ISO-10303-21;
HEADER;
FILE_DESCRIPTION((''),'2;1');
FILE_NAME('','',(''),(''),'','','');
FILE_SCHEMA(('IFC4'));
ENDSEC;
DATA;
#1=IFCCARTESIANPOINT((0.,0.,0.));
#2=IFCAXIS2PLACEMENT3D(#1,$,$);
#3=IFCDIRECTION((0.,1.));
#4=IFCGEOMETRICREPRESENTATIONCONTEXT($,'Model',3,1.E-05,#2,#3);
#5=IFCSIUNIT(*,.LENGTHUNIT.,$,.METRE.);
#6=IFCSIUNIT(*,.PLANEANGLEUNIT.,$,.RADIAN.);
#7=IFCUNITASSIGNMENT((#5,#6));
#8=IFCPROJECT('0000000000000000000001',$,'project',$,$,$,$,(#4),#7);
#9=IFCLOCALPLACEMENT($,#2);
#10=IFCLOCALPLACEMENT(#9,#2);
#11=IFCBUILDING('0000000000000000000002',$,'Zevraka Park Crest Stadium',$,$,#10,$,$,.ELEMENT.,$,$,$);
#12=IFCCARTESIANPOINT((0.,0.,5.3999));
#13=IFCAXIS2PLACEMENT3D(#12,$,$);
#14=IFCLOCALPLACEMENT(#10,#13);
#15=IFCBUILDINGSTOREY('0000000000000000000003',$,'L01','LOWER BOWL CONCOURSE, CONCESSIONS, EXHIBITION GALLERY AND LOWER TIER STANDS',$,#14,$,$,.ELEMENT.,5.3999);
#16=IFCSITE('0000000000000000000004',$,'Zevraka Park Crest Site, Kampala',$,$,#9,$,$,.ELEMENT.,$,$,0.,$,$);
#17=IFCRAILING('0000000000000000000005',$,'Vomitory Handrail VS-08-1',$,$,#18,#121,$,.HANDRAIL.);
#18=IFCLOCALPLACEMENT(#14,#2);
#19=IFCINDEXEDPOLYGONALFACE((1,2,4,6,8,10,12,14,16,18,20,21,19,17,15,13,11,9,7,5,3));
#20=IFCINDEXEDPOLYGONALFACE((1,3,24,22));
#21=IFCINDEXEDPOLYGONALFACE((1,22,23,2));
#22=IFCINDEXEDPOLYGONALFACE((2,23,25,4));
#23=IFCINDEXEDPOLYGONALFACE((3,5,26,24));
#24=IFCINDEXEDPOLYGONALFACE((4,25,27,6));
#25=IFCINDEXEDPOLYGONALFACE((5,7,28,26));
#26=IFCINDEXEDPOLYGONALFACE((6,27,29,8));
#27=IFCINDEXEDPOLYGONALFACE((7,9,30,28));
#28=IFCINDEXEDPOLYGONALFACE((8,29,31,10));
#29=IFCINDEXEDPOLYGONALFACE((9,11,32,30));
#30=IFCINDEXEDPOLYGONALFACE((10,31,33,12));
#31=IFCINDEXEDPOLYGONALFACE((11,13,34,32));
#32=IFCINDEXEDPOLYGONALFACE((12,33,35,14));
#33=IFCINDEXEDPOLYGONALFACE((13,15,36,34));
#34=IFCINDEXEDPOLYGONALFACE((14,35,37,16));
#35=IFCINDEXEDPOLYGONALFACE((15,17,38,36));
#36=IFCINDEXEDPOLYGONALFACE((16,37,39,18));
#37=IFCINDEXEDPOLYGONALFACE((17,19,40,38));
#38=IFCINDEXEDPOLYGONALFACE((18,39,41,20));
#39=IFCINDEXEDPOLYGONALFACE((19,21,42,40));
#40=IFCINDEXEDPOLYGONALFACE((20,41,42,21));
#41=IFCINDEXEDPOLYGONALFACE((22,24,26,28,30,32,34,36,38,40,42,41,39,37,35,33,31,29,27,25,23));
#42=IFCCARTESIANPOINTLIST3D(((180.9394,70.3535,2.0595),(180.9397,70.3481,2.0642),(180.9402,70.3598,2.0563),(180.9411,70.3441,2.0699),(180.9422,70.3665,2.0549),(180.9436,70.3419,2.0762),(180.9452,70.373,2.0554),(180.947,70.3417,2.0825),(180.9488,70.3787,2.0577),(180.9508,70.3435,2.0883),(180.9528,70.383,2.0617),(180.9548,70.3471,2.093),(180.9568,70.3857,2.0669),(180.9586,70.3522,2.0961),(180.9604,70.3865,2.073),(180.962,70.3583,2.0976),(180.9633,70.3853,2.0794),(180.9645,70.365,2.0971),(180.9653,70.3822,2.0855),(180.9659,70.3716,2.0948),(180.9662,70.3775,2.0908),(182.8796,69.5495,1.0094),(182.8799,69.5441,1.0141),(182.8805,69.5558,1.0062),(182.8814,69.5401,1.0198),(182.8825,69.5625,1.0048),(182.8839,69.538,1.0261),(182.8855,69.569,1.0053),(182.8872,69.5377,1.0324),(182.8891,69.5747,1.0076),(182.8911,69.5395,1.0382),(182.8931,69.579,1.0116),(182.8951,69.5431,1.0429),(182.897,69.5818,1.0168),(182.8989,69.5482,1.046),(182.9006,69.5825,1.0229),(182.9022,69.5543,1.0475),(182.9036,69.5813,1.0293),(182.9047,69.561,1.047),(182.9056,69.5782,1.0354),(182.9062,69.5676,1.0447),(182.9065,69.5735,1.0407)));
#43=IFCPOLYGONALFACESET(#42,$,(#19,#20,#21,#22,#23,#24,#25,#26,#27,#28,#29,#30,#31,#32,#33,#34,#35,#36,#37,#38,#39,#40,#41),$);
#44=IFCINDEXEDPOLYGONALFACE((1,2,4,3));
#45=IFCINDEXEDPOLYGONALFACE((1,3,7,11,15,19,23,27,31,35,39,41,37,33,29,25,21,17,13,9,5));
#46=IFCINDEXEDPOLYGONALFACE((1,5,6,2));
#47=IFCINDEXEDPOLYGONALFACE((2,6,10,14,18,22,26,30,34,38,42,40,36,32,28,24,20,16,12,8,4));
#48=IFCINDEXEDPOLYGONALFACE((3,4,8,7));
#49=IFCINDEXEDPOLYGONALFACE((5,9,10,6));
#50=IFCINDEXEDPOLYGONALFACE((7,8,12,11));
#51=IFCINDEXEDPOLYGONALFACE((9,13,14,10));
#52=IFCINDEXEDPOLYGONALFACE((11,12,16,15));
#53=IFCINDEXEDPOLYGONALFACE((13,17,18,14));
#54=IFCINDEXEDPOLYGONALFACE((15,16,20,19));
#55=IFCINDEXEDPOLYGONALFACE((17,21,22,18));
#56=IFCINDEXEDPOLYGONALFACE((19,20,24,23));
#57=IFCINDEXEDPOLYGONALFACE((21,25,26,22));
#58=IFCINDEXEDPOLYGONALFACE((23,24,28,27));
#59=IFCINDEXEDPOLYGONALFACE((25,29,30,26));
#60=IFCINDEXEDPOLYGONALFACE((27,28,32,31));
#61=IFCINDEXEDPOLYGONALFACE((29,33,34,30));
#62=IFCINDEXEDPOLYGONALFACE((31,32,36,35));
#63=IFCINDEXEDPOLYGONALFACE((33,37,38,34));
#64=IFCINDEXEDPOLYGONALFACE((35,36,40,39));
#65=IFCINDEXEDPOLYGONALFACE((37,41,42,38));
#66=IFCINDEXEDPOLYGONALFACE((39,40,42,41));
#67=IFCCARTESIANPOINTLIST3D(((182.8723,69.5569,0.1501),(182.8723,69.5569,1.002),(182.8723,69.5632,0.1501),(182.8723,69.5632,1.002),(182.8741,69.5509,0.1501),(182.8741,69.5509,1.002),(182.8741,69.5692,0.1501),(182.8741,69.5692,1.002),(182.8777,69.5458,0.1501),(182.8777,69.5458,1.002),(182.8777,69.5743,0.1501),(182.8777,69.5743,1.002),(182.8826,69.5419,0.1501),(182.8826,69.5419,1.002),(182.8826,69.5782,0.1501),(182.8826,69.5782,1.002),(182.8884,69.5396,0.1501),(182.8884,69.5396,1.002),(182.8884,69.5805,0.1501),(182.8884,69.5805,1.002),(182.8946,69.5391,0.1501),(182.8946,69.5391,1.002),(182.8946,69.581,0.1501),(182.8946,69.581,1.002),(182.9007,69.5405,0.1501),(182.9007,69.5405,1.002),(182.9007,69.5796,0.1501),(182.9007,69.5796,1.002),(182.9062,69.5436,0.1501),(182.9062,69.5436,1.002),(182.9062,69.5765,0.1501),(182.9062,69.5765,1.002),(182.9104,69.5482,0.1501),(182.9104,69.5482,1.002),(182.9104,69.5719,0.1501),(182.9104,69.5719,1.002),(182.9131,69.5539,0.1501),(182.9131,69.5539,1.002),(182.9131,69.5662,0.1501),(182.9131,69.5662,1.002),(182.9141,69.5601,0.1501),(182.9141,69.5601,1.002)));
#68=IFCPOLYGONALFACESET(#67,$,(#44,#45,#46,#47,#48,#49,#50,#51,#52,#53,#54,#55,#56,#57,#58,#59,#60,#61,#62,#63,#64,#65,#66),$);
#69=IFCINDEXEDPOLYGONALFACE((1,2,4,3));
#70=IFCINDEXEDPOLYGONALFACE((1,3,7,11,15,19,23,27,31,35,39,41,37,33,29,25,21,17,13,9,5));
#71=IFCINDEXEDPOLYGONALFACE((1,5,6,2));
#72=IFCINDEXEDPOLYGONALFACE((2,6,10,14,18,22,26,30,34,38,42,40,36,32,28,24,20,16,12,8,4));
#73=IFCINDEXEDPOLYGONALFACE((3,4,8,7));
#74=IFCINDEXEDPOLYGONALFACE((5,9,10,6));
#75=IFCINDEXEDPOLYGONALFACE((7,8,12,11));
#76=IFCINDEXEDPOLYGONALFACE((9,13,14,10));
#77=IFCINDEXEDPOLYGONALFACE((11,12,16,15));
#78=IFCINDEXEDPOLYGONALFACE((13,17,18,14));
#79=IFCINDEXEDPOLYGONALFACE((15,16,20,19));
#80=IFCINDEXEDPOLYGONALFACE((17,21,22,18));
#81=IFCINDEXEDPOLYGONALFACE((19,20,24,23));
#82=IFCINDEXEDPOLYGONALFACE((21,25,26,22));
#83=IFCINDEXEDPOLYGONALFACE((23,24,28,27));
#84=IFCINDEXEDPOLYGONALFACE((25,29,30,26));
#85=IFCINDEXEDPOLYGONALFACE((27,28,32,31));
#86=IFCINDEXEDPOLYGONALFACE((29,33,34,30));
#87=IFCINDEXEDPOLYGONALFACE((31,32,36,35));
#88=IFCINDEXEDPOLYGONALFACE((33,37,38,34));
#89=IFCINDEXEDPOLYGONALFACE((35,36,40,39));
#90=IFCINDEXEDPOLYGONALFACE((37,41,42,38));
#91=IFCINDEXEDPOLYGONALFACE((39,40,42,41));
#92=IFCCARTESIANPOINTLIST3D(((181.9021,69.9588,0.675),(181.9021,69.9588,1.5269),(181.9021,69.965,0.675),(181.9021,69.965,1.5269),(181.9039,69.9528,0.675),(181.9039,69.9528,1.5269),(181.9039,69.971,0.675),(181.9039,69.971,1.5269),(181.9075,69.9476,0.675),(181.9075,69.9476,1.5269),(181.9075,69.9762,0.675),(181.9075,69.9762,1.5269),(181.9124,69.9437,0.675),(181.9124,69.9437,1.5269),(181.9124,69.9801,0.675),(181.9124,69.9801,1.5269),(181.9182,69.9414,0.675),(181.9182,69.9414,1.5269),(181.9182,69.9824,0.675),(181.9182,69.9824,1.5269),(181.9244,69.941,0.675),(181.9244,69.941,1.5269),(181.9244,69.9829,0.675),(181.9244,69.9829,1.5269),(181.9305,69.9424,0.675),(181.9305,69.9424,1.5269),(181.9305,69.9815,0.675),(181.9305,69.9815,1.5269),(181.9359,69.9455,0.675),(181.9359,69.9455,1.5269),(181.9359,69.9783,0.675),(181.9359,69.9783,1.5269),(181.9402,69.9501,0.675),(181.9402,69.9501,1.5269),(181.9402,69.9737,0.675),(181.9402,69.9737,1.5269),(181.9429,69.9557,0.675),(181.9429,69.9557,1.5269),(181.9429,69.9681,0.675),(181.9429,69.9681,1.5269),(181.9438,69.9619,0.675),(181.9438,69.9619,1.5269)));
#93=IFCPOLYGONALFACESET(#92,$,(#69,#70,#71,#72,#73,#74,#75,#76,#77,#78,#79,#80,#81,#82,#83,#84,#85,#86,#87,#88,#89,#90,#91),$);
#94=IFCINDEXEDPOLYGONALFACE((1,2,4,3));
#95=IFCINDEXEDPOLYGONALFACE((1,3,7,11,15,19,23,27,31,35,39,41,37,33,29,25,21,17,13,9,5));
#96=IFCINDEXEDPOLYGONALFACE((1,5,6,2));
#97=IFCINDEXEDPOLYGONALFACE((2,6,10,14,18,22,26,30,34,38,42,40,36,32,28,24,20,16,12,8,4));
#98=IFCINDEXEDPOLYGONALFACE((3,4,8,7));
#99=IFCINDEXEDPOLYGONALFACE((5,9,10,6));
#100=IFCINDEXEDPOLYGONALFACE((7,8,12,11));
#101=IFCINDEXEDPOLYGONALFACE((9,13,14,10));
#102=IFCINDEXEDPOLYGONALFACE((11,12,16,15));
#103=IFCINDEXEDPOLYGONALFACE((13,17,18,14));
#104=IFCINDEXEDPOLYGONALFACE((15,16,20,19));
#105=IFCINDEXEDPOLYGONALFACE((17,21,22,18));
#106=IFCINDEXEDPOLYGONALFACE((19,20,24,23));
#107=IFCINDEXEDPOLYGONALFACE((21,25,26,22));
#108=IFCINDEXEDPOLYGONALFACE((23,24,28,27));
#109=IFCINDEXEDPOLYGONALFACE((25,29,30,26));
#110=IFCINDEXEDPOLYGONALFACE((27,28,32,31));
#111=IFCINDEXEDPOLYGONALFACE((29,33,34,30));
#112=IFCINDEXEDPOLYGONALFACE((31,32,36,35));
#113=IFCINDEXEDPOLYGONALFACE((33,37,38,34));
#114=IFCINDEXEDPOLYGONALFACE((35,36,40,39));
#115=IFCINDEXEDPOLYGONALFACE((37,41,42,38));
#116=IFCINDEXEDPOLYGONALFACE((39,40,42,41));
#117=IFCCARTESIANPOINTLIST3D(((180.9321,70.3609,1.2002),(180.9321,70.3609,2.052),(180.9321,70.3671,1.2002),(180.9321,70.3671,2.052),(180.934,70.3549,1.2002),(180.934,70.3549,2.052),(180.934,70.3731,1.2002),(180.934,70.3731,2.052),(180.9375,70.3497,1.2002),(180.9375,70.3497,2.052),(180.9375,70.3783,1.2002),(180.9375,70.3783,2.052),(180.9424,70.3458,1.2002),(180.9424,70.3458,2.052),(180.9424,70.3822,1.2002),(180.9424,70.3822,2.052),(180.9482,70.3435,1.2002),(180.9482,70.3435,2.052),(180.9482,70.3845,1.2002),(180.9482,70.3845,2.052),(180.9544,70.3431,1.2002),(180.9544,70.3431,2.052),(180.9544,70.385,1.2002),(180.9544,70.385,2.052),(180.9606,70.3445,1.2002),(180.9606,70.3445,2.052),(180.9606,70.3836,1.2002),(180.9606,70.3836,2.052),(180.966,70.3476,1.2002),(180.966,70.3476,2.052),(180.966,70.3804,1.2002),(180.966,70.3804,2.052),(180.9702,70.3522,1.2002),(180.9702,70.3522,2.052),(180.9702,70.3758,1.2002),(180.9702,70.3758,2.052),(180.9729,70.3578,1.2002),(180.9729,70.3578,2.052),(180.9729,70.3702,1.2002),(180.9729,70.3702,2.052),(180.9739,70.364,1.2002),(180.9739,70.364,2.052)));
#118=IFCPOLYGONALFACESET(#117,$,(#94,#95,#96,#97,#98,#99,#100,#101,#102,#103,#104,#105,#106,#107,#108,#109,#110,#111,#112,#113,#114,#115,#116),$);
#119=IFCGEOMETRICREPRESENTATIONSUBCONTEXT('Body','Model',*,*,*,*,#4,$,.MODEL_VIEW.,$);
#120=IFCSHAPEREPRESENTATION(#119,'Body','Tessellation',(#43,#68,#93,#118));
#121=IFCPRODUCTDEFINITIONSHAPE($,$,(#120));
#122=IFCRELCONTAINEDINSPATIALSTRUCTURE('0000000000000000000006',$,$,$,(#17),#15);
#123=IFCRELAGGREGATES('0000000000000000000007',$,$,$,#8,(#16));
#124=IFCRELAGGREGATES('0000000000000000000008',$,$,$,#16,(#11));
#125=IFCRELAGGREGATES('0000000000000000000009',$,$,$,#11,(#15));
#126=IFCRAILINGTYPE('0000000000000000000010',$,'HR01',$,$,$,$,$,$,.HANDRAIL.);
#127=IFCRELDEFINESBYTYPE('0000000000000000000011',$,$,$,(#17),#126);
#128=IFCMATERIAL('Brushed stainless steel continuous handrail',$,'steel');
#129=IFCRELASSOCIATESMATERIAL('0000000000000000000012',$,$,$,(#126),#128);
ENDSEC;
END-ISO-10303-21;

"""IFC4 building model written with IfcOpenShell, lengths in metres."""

from ifc_helpers import new_model, si_unit, direction, frame, origin, origin_2d, place, context, subcontext, project, spatial, circle, extrude, material, type_object, element, save


model = new_model("IFC4")

# Units and contexts
model_context = context("Model", 3, precision=1e-05, world=origin(), true_north=direction((0.0, 1.0)))
body_context = subcontext(model_context, "Body", "Model", "MODEL_VIEW")
ifc_project = project(units=[si_unit("LENGTHUNIT", "METRE"), si_unit("PLANEANGLEUNIT", "RADIAN")], contexts=[model_context])

# Site, building, storey
site_placement = place(None, origin())
site = spatial("IfcSite", under=ifc_project, at=site_placement, Name="Zevraka Park Crest Site, Kampala", CompositionType="ELEMENT", RefElevation=0.0)
building_placement = place(site_placement, origin())
building = spatial("IfcBuilding", under=site, at=building_placement, Name="Zevraka Park Crest Stadium", CompositionType="ELEMENT")
storey_placement = place(building_placement, frame((0.0, 0.0, 5.3999)))
storey = spatial("IfcBuildingStorey", under=building, at=storey_placement, Name="L01", Description="LOWER BOWL CONCOURSE, CONCESSIONS, EXHIBITION GALLERY AND LOWER TIER STANDS", CompositionType="ELEMENT", Elevation=5.3999)

# Railing
ifc_material_1 = material(Name="Brushed stainless steel continuous handrail", Category="steel")
railing_type_1 = type_object("IfcRailingType", Name="HR01", PredefinedType="HANDRAIL", material=ifc_material_1)
railing_1_placement = place(storey_placement, frame((182.8931, 69.5601, 0.1501)))
element("IfcRailing", 1, at=railing_1_placement, inside=storey, type_object=railing_type_1, Name="Vomitory Handrail VS-08-1", PredefinedType="HANDRAIL", context=body_context, shape_type="SweptSolid", body=[
    extrude(circle(Radius=0.0239, at=origin_2d()), frame((0.0, 0.0, 0.876), z_axis=(-0.826302, 0.342395, 0.447203), x_axis=(-0.382807, -0.923828, 0.0)), (0.0, 0.0, 1.0), 2.3481),
    extrude(circle(Radius=0.021, at=origin_2d()), origin(), (0.0, 0.0, 1.0), 0.8518),
    extrude(circle(Radius=0.021, at=origin_2d()), frame((-0.9702, 0.4019, 0.5249)), (0.0, 0.0, 1.0), 0.8518),
    extrude(circle(Radius=0.021, at=origin_2d()), frame((-1.9402, 0.804, 1.05)), (0.0, 0.0, 1.0), 0.8518),
])

save(model, "model.ifc")
